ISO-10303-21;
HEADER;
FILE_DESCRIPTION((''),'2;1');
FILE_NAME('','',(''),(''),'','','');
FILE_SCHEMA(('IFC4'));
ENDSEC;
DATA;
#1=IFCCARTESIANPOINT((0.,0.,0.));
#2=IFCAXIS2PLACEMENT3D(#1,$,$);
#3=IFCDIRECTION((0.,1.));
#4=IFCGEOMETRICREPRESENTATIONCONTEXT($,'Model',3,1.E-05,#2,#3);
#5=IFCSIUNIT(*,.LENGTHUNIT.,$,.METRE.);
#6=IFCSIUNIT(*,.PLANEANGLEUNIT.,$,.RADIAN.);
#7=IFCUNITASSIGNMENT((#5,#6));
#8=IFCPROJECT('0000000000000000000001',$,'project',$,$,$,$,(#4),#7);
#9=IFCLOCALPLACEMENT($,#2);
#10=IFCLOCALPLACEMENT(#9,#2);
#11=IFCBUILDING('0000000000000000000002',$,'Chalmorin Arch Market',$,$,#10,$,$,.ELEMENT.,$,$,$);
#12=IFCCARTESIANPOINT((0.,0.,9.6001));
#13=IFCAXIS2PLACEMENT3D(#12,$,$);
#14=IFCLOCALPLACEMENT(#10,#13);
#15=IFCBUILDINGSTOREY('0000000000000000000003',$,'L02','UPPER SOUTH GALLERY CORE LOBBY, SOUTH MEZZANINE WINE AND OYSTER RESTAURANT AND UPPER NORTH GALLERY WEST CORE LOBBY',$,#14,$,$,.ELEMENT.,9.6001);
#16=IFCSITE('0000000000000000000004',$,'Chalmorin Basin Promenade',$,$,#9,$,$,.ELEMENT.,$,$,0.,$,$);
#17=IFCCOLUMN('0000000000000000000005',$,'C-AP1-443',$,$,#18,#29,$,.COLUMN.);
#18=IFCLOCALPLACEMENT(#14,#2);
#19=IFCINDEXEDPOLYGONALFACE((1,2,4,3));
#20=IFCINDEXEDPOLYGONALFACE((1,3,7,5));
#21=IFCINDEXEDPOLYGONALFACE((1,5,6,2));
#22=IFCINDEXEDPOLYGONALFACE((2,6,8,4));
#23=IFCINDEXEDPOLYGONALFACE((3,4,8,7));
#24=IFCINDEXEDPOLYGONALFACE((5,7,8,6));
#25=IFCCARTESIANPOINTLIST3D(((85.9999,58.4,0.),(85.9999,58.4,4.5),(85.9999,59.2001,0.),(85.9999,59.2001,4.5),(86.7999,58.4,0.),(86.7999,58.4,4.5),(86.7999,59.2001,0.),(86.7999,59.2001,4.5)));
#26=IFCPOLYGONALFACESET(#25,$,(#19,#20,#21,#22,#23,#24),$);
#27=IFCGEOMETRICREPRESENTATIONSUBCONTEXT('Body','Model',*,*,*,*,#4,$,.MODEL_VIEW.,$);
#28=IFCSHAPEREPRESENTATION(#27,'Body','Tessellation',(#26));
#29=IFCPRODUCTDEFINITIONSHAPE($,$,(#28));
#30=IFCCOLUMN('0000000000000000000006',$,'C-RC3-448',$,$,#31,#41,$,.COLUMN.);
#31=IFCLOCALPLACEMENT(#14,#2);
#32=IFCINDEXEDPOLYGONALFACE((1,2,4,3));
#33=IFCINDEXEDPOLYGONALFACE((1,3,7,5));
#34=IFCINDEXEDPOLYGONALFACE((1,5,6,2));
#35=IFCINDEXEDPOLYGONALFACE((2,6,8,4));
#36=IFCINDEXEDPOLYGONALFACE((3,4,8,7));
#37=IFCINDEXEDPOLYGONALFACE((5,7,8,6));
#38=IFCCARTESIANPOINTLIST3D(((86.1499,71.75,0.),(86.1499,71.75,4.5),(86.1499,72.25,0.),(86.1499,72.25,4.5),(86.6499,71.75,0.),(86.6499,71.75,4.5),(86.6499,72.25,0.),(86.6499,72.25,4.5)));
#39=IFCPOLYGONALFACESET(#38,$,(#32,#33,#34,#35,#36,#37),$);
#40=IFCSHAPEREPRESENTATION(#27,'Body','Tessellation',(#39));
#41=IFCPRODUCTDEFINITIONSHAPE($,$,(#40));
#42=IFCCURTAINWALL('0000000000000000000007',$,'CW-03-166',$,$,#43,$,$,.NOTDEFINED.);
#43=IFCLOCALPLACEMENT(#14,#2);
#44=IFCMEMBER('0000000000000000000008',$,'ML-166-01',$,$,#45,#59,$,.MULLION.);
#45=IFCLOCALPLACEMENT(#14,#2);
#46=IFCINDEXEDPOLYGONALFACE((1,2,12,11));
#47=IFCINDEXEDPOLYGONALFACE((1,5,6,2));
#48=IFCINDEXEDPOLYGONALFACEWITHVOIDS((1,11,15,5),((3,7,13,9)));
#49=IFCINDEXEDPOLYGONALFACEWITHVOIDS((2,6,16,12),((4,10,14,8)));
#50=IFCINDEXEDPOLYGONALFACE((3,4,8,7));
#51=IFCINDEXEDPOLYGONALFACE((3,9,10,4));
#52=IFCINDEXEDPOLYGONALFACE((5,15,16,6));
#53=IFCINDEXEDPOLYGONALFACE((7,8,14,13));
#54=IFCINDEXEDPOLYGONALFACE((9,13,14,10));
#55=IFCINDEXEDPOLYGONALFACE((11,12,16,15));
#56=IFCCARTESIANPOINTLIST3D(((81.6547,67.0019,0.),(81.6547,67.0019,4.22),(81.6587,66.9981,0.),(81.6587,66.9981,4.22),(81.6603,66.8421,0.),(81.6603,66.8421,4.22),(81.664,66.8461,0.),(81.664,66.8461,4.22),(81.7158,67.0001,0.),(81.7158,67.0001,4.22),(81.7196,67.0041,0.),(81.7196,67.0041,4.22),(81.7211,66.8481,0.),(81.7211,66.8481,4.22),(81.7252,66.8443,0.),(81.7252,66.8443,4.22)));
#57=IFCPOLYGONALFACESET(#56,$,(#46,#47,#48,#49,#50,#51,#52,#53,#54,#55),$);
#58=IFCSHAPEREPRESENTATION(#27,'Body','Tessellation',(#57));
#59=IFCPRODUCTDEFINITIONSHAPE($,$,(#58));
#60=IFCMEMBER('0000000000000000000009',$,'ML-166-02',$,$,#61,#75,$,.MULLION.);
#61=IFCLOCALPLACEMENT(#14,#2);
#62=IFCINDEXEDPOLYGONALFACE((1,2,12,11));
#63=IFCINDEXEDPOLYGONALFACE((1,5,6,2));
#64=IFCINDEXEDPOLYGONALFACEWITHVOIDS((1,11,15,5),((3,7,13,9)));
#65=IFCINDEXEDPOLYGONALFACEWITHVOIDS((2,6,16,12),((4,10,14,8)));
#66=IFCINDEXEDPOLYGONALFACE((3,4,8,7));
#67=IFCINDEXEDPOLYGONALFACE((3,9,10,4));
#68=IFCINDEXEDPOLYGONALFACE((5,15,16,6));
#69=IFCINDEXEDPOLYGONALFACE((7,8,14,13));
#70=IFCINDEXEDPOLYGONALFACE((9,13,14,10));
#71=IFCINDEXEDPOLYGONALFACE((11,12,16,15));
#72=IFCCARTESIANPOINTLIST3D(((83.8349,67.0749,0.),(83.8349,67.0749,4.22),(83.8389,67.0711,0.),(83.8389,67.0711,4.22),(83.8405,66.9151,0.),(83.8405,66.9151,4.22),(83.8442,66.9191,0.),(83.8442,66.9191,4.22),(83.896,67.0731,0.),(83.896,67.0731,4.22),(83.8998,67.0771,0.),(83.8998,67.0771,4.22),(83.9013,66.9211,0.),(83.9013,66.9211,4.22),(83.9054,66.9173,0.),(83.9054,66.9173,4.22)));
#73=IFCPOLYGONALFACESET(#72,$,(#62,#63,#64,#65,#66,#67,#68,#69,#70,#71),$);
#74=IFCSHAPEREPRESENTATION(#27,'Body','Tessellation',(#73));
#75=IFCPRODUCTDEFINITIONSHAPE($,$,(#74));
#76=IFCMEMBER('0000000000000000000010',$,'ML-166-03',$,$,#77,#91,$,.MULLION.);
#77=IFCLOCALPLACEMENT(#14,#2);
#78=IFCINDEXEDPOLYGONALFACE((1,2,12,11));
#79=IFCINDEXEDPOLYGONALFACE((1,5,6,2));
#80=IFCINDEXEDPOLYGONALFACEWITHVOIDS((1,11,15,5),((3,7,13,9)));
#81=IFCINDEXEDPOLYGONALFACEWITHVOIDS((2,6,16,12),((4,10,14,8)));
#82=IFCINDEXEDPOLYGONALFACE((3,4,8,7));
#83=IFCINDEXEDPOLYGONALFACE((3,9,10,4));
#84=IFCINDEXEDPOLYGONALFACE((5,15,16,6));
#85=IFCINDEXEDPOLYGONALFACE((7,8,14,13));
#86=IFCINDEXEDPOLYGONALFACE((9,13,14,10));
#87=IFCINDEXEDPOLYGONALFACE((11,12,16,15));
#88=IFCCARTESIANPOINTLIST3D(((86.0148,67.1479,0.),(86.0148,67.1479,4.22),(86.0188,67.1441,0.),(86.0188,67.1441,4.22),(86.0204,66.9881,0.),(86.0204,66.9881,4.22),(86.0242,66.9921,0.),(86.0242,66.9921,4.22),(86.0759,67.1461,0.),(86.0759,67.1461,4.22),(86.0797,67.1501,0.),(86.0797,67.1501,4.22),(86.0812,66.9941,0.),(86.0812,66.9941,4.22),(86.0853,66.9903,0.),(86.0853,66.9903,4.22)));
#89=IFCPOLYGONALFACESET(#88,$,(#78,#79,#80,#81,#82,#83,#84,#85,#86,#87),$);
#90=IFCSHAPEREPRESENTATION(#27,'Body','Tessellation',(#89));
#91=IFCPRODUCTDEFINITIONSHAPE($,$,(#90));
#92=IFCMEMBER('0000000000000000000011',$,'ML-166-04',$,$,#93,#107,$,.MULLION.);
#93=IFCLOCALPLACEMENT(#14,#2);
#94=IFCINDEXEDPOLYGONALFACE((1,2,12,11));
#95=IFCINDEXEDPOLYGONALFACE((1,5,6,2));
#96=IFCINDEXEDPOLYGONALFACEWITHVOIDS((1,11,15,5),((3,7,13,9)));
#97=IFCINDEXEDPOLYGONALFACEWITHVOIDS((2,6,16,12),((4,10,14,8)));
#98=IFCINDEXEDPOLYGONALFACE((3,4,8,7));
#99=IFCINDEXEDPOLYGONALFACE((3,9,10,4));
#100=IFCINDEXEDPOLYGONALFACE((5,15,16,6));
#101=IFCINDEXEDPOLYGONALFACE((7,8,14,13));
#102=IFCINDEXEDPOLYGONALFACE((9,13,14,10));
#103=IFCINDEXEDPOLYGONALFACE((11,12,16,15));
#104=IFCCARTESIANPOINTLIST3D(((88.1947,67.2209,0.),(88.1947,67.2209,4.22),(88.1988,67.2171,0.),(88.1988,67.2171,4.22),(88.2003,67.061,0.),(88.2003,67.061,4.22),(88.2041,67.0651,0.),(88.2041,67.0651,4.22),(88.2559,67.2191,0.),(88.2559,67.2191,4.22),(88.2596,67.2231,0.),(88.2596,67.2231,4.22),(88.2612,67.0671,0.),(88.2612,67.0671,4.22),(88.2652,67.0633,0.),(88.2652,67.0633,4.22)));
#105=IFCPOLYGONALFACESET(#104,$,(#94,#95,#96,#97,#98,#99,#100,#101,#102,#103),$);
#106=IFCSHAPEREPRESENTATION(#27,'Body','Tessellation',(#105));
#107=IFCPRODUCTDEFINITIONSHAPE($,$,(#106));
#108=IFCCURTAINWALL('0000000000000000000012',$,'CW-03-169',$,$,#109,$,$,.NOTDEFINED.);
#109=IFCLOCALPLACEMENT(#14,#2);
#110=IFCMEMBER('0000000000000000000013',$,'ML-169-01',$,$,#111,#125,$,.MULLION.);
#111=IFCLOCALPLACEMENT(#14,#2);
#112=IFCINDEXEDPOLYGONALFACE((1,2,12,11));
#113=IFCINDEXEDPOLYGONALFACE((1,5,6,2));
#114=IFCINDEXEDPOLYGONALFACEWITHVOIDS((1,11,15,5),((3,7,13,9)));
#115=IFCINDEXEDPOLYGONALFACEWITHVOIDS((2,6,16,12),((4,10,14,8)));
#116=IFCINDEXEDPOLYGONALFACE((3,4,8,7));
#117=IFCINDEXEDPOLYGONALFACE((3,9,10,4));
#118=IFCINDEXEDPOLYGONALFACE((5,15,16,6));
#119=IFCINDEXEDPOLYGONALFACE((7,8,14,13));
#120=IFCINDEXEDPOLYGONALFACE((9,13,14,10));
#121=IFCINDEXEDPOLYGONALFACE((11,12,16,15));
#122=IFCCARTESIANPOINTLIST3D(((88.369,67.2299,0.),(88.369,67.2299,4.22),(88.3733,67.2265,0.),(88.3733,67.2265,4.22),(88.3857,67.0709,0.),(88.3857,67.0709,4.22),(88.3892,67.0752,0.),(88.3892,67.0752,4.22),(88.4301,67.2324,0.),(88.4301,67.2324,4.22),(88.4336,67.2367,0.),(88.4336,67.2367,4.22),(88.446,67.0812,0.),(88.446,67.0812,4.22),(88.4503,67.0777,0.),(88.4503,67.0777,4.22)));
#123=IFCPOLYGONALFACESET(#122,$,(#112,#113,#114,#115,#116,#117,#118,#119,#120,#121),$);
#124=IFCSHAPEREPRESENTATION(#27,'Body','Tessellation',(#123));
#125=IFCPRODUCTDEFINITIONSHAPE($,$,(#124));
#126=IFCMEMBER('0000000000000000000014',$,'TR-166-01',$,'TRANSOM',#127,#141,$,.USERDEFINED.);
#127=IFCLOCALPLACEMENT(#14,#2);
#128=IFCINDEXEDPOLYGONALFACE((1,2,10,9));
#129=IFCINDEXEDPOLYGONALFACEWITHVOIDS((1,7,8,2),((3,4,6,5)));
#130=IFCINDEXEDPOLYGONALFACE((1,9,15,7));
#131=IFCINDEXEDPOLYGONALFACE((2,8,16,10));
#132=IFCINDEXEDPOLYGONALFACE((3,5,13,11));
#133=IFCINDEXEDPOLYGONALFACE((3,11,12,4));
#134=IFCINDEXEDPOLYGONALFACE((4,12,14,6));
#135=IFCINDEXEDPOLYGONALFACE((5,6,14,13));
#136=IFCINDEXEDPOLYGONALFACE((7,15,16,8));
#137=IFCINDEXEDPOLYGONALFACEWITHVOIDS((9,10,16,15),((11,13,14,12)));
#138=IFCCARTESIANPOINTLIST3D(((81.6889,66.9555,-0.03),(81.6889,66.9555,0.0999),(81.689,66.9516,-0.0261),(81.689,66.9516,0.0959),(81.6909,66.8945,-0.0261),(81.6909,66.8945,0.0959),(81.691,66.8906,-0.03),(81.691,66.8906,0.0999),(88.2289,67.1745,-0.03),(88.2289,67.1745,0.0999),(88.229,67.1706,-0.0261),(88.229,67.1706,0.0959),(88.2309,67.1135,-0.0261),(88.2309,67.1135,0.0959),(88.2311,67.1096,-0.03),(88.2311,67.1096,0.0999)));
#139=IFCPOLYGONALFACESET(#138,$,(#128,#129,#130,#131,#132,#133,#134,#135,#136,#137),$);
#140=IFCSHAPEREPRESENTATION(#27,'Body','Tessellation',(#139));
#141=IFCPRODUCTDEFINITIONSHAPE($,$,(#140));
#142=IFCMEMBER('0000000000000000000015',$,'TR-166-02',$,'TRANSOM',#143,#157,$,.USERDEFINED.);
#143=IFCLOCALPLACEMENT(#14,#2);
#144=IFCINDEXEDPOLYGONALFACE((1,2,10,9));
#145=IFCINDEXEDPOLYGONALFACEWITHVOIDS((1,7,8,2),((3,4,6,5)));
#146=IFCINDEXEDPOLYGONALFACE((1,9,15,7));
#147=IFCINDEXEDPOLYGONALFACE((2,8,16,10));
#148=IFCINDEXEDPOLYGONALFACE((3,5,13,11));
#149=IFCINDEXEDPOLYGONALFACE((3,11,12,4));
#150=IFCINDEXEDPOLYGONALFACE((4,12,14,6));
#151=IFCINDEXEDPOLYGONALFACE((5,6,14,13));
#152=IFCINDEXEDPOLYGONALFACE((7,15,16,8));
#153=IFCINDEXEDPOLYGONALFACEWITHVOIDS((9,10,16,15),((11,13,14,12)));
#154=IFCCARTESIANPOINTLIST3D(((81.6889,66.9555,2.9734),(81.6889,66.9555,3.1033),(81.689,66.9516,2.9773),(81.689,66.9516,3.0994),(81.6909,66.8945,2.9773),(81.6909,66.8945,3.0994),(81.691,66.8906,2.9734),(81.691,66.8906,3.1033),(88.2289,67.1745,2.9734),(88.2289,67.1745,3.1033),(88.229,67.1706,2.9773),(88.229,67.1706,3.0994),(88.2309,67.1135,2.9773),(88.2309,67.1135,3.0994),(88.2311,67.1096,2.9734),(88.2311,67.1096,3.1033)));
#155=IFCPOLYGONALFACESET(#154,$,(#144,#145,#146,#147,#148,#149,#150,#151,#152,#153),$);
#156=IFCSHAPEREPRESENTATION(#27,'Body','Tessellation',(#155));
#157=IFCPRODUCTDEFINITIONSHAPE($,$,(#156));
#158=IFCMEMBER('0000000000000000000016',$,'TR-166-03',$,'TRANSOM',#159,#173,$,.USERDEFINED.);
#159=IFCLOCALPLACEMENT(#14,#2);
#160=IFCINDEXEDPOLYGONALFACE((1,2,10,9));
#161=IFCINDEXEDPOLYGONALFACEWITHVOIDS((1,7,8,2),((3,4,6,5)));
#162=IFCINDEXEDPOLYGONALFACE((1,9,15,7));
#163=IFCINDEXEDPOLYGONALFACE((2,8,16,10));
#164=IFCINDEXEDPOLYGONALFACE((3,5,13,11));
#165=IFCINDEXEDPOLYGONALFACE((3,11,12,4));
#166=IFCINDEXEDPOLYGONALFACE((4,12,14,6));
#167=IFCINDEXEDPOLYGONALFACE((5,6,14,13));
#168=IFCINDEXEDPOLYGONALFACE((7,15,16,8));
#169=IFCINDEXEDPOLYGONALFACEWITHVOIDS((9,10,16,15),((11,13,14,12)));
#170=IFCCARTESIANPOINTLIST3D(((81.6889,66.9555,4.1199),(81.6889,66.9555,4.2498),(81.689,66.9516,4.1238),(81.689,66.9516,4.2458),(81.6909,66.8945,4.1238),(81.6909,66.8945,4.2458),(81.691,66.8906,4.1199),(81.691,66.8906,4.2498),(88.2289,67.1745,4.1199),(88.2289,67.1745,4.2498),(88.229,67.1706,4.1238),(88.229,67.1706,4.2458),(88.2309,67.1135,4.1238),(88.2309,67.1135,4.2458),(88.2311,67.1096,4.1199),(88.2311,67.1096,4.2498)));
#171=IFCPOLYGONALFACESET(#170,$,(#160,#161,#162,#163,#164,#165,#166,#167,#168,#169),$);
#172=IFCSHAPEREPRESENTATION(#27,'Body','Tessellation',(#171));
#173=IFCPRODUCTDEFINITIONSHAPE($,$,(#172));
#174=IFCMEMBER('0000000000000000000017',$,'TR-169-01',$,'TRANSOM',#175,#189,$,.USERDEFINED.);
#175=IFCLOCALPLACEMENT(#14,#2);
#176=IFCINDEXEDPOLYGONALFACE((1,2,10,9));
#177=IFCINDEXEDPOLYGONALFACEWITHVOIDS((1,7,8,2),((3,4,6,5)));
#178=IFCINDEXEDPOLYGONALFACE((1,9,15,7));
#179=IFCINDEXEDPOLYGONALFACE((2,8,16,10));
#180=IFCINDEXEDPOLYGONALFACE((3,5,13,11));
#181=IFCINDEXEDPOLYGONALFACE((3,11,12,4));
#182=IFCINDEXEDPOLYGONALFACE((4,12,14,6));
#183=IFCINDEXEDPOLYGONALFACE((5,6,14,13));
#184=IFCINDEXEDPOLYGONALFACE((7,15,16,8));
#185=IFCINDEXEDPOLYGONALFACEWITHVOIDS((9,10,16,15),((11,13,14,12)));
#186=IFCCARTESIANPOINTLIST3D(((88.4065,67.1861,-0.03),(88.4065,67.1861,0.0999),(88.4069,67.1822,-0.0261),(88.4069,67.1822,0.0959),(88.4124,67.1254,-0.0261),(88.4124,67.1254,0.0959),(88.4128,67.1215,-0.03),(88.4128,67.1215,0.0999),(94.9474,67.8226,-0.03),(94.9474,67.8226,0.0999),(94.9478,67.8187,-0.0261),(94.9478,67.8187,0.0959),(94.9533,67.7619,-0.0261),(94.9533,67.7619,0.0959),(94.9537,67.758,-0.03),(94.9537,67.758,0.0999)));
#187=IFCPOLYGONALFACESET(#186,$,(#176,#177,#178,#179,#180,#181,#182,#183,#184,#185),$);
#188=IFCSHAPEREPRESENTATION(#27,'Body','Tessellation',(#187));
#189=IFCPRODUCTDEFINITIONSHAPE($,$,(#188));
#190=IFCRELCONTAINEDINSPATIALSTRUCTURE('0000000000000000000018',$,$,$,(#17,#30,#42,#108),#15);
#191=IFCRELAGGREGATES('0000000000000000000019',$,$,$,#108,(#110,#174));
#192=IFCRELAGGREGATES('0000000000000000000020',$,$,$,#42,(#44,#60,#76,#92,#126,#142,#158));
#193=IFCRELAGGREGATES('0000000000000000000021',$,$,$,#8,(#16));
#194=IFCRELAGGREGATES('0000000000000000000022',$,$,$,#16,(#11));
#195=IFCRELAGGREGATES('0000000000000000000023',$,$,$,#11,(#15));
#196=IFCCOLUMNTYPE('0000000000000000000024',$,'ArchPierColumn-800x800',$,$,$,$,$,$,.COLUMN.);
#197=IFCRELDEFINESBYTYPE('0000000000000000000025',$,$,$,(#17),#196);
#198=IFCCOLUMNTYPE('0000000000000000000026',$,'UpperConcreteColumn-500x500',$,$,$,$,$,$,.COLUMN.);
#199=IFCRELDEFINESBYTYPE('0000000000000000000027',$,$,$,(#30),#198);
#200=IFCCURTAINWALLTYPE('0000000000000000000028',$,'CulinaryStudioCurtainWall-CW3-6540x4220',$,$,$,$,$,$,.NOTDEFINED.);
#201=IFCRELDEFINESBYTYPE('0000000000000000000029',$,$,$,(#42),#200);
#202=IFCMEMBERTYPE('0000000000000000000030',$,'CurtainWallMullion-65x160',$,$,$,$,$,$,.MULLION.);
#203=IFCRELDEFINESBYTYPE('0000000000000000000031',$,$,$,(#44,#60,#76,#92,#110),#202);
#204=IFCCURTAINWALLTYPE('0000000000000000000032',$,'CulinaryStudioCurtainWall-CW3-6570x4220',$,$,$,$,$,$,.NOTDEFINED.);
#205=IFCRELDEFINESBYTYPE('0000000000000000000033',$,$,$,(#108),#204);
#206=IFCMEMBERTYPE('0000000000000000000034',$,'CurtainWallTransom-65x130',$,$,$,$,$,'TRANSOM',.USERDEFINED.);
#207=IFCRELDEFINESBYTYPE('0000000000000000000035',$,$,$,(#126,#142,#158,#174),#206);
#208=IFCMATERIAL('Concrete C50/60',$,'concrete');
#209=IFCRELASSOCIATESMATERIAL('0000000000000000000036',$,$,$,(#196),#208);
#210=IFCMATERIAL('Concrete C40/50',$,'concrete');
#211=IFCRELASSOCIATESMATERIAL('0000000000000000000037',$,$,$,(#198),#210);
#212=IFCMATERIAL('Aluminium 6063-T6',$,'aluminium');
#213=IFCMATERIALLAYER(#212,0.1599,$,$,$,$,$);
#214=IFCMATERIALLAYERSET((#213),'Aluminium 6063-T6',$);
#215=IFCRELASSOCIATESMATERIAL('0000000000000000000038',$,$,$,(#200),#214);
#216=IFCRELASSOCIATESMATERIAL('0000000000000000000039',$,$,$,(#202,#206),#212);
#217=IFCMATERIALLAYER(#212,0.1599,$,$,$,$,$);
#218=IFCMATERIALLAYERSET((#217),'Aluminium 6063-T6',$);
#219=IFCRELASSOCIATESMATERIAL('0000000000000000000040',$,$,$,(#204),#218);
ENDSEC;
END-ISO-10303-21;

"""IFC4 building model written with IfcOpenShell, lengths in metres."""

from ifc_helpers import new_model, si_unit, direction, frame, origin, origin_2d, place, context, subcontext, project, spatial, rectangle, hollow_rectangle, extrude, material, layer, layer_set, material_profile, profile_set, type_object, element, aggregate, save


model = new_model("IFC4")

# Units and contexts
model_context = context("Model", 3, precision=1e-05, world=origin(), true_north=direction((0.0, 1.0)))
body_context = subcontext(model_context, "Body", "Model", "MODEL_VIEW")
ifc_project = project(units=[si_unit("LENGTHUNIT", "METRE"), si_unit("PLANEANGLEUNIT", "RADIAN")], contexts=[model_context])

# Site, building, storey
site_placement = place(None, origin())
site = spatial("IfcSite", under=ifc_project, at=site_placement, Name="Chalmorin Basin Promenade", CompositionType="ELEMENT", RefElevation=0.0)
building_placement = place(site_placement, origin())
building = spatial("IfcBuilding", under=site, at=building_placement, Name="Chalmorin Arch Market", CompositionType="ELEMENT")
storey_placement = place(building_placement, frame((0.0, 0.0, 9.6001)))
storey = spatial("IfcBuildingStorey", under=building, at=storey_placement, Name="L02", Description="UPPER SOUTH GALLERY CORE LOBBY, SOUTH MEZZANINE WINE AND OYSTER RESTAURANT AND UPPER NORTH GALLERY WEST CORE LOBBY", CompositionType="ELEMENT", Elevation=9.6001)

# Columns
ifc_material_1 = material(Name="Concrete C50/60", Category="concrete")
ifc_material_profile_1 = material_profile(ifc_material_1, rectangle(XDim=0.8, YDim=0.8, at=origin_2d()), Name="RC800X800")
ifc_profile_set_1 = profile_set([ifc_material_profile_1], Name="Concrete C50/60")
column_type_1 = type_object("IfcColumnType", Name="ArchPierColumn-800x800", PredefinedType="COLUMN", material=ifc_profile_set_1)
column_1_placement = place(storey_placement, frame((86.3999, 58.8, 0.0), z_axis=(0.0, 0.0, 1.0), x_axis=(1.0, 0.0, 0.0)))
element("IfcColumn", 1, at=column_1_placement, inside=storey, type_object=column_type_1, Name="C-AP1-443", PredefinedType="COLUMN", context=body_context, shape_type="SweptSolid", body=[
    extrude(rectangle(XDim=0.8, YDim=0.8, at=origin_2d()), origin(), (0.0, 0.0, 1.0), 4.5),
])
ifc_material_2 = material(Name="Concrete C40/50", Category="concrete")
ifc_material_profile_2 = material_profile(ifc_material_2, rectangle(XDim=0.5, YDim=0.5, at=origin_2d()), Name="RC500X500")
ifc_profile_set_2 = profile_set([ifc_material_profile_2], Name="Concrete C40/50")
column_type_2 = type_object("IfcColumnType", Name="UpperConcreteColumn-500x500", PredefinedType="COLUMN", material=ifc_profile_set_2)
column_2_placement = place(storey_placement, frame((86.3999, 72.0, 0.0), z_axis=(0.0, 0.0, 1.0), x_axis=(1.0, 0.0, 0.0)))
element("IfcColumn", 2, at=column_2_placement, inside=storey, type_object=column_type_2, Name="C-RC3-448", PredefinedType="COLUMN", context=body_context, shape_type="SweptSolid", body=[
    extrude(rectangle(XDim=0.5, YDim=0.5, at=origin_2d()), origin(), (0.0, 0.0, 1.0), 4.5),
])

# Curtain wall, members
ifc_material_3 = material(Name="Aluminium 6063-T6", Category="aluminium")
ifc_layer_1 = layer(ifc_material_3, 0.1599)
ifc_layer_set_1 = layer_set([ifc_layer_1], Name="Aluminium 6063-T6")
curtain_wall_type_1 = type_object("IfcCurtainWallType", Name="CulinaryStudioCurtainWall-CW3-6540x4220", PredefinedType="NOTDEFINED", material=ifc_layer_set_1)
curtain_wall_1_placement = place(storey_placement, origin())
curtain_wall_1 = element("IfcCurtainWall", 3, at=curtain_wall_1_placement, inside=storey, type_object=curtain_wall_type_1, Name="CW-03-166", PredefinedType="NOTDEFINED")
ifc_material_profile_3 = material_profile(ifc_material_3, hollow_rectangle(XDim=0.0649, YDim=0.1599, WallThickness=0.0039, at=origin_2d()), Name="ALU65X160X4")
ifc_profile_set_3 = profile_set([ifc_material_profile_3], Name="Aluminium 6063-T6")
member_type_1 = type_object("IfcMemberType", Name="CurtainWallMullion-65x160", PredefinedType="MULLION", material=ifc_profile_set_3)
member_1_placement = place(storey_placement, frame((81.6899, 66.9231, 0.0), z_axis=(0.0, 0.0, 1.0), x_axis=(0.999391, 0.034899, 0.0)))
member_1 = element("IfcMember", 4, at=member_1_placement, type_object=member_type_1, Name="ML-166-01", PredefinedType="MULLION", context=body_context, shape_type="SweptSolid", body=[
    extrude(hollow_rectangle(XDim=0.0649, YDim=0.1599, WallThickness=0.0039, at=origin_2d()), origin(), (0.0, 0.0, 1.0), 4.22),
])
member_2_placement = place(storey_placement, frame((83.8701, 66.9961, 0.0), z_axis=(0.0, 0.0, 1.0), x_axis=(0.999391, 0.034899, 0.0)))
member_2 = element("IfcMember", 5, at=member_2_placement, type_object=member_type_1, Name="ML-166-02", PredefinedType="MULLION", context=body_context, shape_type="SweptSolid", body=[
    extrude(hollow_rectangle(XDim=0.0649, YDim=0.1599, WallThickness=0.0039, at=origin_2d()), origin(), (0.0, 0.0, 1.0), 4.22),
])
member_3_placement = place(storey_placement, frame((86.05, 67.0691, 0.0), z_axis=(0.0, 0.0, 1.0), x_axis=(0.999391, 0.034899, 0.0)))
member_3 = element("IfcMember", 6, at=member_3_placement, type_object=member_type_1, Name="ML-166-03", PredefinedType="MULLION", context=body_context, shape_type="SweptSolid", body=[
    extrude(hollow_rectangle(XDim=0.0649, YDim=0.1599, WallThickness=0.0039, at=origin_2d()), origin(), (0.0, 0.0, 1.0), 4.22),
])
member_4_placement = place(storey_placement, frame((88.23, 67.1421, 0.0), z_axis=(0.0, 0.0, 1.0), x_axis=(0.999391, 0.034899, 0.0)))
member_4 = element("IfcMember", 7, at=member_4_placement, type_object=member_type_1, Name="ML-166-04", PredefinedType="MULLION", context=body_context, shape_type="SweptSolid", body=[
    extrude(hollow_rectangle(XDim=0.0649, YDim=0.1599, WallThickness=0.0039, at=origin_2d()), origin(), (0.0, 0.0, 1.0), 4.22),
])

# Curtain wall, member
ifc_layer_2 = layer(ifc_material_3, 0.1599)
ifc_layer_set_2 = layer_set([ifc_layer_2], Name="Aluminium 6063-T6")
curtain_wall_type_2 = type_object("IfcCurtainWallType", Name="CulinaryStudioCurtainWall-CW3-6570x4220", PredefinedType="NOTDEFINED", material=ifc_layer_set_2)
curtain_wall_2_placement = place(storey_placement, origin())
curtain_wall_2 = element("IfcCurtainWall", 8, at=curtain_wall_2_placement, inside=storey, type_object=curtain_wall_type_2, Name="CW-03-169", PredefinedType="NOTDEFINED")
member_5_placement = place(storey_placement, frame((88.4097, 67.1538, 0.0), z_axis=(0.0, 0.0, 1.0), x_axis=(0.994522, 0.104528, 0.0)))
member_5 = element("IfcMember", 9, at=member_5_placement, type_object=member_type_1, Name="ML-169-01", PredefinedType="MULLION", context=body_context, shape_type="SweptSolid", body=[
    extrude(hollow_rectangle(XDim=0.0649, YDim=0.1599, WallThickness=0.0039, at=origin_2d()), origin(), (0.0, 0.0, 1.0), 4.22),
])

# Members
ifc_material_profile_4 = material_profile(ifc_material_3, hollow_rectangle(XDim=0.0649, YDim=0.1299, WallThickness=0.0039, at=origin_2d()), Name="ALU65X130X4")
ifc_profile_set_4 = profile_set([ifc_material_profile_4], Name="Aluminium 6063-T6")
member_type_2 = type_object("IfcMemberType", Name="CurtainWallTransom-65x130", ElementType="TRANSOM", PredefinedType="USERDEFINED", material=ifc_profile_set_4)
member_6_placement = place(storey_placement, frame((81.6899, 66.9231, 0.0349), z_axis=(0.99944, 0.033466, 0.0), x_axis=(-0.033466, 0.99944, 0.0)))
member_6 = element("IfcMember", 10, at=member_6_placement, type_object=member_type_2, Name="TR-166-01", ObjectType="TRANSOM", PredefinedType="USERDEFINED", context=body_context, shape_type="SweptSolid", body=[
    extrude(hollow_rectangle(XDim=0.0649, YDim=0.1299, WallThickness=0.0039, at=origin_2d()), origin(), (0.0, 0.0, 1.0), 6.5437),
])
member_7_placement = place(storey_placement, frame((81.6899, 66.9231, 3.0383), z_axis=(0.99944, 0.033466, 0.0), x_axis=(-0.033466, 0.99944, 0.0)))
member_7 = element("IfcMember", 11, at=member_7_placement, type_object=member_type_2, Name="TR-166-02", ObjectType="TRANSOM", PredefinedType="USERDEFINED", context=body_context, shape_type="SweptSolid", body=[
    extrude(hollow_rectangle(XDim=0.0649, YDim=0.1299, WallThickness=0.0039, at=origin_2d()), origin(), (0.0, 0.0, 1.0), 6.5437),
])
member_8_placement = place(storey_placement, frame((81.6899, 66.9231, 4.1848), z_axis=(0.99944, 0.033466, 0.0), x_axis=(-0.033466, 0.99944, 0.0)))
member_8 = element("IfcMember", 12, at=member_8_placement, type_object=member_type_2, Name="TR-166-03", ObjectType="TRANSOM", PredefinedType="USERDEFINED", context=body_context, shape_type="SweptSolid", body=[
    extrude(hollow_rectangle(XDim=0.0649, YDim=0.1299, WallThickness=0.0039, at=origin_2d()), origin(), (0.0, 0.0, 1.0), 6.5437),
])
member_9_placement = place(storey_placement, frame((88.4097, 67.1538, 0.0349), z_axis=(0.995299, 0.096851, 0.0), x_axis=(-0.096851, 0.995299, 0.0)))
member_9 = element("IfcMember", 13, at=member_9_placement, type_object=member_type_2, Name="TR-169-01", ObjectType="TRANSOM", PredefinedType="USERDEFINED", context=body_context, shape_type="SweptSolid", body=[
    extrude(hollow_rectangle(XDim=0.0649, YDim=0.1299, WallThickness=0.0039, at=origin_2d()), origin(), (0.0, 0.0, 1.0), 6.5718),
])
aggregate(curtain_wall_2, [member_5, member_9])

aggregate(curtain_wall_1, [member_1, member_2, member_3, member_4, member_6, member_7, member_8])

save(model, "model.ifc")
